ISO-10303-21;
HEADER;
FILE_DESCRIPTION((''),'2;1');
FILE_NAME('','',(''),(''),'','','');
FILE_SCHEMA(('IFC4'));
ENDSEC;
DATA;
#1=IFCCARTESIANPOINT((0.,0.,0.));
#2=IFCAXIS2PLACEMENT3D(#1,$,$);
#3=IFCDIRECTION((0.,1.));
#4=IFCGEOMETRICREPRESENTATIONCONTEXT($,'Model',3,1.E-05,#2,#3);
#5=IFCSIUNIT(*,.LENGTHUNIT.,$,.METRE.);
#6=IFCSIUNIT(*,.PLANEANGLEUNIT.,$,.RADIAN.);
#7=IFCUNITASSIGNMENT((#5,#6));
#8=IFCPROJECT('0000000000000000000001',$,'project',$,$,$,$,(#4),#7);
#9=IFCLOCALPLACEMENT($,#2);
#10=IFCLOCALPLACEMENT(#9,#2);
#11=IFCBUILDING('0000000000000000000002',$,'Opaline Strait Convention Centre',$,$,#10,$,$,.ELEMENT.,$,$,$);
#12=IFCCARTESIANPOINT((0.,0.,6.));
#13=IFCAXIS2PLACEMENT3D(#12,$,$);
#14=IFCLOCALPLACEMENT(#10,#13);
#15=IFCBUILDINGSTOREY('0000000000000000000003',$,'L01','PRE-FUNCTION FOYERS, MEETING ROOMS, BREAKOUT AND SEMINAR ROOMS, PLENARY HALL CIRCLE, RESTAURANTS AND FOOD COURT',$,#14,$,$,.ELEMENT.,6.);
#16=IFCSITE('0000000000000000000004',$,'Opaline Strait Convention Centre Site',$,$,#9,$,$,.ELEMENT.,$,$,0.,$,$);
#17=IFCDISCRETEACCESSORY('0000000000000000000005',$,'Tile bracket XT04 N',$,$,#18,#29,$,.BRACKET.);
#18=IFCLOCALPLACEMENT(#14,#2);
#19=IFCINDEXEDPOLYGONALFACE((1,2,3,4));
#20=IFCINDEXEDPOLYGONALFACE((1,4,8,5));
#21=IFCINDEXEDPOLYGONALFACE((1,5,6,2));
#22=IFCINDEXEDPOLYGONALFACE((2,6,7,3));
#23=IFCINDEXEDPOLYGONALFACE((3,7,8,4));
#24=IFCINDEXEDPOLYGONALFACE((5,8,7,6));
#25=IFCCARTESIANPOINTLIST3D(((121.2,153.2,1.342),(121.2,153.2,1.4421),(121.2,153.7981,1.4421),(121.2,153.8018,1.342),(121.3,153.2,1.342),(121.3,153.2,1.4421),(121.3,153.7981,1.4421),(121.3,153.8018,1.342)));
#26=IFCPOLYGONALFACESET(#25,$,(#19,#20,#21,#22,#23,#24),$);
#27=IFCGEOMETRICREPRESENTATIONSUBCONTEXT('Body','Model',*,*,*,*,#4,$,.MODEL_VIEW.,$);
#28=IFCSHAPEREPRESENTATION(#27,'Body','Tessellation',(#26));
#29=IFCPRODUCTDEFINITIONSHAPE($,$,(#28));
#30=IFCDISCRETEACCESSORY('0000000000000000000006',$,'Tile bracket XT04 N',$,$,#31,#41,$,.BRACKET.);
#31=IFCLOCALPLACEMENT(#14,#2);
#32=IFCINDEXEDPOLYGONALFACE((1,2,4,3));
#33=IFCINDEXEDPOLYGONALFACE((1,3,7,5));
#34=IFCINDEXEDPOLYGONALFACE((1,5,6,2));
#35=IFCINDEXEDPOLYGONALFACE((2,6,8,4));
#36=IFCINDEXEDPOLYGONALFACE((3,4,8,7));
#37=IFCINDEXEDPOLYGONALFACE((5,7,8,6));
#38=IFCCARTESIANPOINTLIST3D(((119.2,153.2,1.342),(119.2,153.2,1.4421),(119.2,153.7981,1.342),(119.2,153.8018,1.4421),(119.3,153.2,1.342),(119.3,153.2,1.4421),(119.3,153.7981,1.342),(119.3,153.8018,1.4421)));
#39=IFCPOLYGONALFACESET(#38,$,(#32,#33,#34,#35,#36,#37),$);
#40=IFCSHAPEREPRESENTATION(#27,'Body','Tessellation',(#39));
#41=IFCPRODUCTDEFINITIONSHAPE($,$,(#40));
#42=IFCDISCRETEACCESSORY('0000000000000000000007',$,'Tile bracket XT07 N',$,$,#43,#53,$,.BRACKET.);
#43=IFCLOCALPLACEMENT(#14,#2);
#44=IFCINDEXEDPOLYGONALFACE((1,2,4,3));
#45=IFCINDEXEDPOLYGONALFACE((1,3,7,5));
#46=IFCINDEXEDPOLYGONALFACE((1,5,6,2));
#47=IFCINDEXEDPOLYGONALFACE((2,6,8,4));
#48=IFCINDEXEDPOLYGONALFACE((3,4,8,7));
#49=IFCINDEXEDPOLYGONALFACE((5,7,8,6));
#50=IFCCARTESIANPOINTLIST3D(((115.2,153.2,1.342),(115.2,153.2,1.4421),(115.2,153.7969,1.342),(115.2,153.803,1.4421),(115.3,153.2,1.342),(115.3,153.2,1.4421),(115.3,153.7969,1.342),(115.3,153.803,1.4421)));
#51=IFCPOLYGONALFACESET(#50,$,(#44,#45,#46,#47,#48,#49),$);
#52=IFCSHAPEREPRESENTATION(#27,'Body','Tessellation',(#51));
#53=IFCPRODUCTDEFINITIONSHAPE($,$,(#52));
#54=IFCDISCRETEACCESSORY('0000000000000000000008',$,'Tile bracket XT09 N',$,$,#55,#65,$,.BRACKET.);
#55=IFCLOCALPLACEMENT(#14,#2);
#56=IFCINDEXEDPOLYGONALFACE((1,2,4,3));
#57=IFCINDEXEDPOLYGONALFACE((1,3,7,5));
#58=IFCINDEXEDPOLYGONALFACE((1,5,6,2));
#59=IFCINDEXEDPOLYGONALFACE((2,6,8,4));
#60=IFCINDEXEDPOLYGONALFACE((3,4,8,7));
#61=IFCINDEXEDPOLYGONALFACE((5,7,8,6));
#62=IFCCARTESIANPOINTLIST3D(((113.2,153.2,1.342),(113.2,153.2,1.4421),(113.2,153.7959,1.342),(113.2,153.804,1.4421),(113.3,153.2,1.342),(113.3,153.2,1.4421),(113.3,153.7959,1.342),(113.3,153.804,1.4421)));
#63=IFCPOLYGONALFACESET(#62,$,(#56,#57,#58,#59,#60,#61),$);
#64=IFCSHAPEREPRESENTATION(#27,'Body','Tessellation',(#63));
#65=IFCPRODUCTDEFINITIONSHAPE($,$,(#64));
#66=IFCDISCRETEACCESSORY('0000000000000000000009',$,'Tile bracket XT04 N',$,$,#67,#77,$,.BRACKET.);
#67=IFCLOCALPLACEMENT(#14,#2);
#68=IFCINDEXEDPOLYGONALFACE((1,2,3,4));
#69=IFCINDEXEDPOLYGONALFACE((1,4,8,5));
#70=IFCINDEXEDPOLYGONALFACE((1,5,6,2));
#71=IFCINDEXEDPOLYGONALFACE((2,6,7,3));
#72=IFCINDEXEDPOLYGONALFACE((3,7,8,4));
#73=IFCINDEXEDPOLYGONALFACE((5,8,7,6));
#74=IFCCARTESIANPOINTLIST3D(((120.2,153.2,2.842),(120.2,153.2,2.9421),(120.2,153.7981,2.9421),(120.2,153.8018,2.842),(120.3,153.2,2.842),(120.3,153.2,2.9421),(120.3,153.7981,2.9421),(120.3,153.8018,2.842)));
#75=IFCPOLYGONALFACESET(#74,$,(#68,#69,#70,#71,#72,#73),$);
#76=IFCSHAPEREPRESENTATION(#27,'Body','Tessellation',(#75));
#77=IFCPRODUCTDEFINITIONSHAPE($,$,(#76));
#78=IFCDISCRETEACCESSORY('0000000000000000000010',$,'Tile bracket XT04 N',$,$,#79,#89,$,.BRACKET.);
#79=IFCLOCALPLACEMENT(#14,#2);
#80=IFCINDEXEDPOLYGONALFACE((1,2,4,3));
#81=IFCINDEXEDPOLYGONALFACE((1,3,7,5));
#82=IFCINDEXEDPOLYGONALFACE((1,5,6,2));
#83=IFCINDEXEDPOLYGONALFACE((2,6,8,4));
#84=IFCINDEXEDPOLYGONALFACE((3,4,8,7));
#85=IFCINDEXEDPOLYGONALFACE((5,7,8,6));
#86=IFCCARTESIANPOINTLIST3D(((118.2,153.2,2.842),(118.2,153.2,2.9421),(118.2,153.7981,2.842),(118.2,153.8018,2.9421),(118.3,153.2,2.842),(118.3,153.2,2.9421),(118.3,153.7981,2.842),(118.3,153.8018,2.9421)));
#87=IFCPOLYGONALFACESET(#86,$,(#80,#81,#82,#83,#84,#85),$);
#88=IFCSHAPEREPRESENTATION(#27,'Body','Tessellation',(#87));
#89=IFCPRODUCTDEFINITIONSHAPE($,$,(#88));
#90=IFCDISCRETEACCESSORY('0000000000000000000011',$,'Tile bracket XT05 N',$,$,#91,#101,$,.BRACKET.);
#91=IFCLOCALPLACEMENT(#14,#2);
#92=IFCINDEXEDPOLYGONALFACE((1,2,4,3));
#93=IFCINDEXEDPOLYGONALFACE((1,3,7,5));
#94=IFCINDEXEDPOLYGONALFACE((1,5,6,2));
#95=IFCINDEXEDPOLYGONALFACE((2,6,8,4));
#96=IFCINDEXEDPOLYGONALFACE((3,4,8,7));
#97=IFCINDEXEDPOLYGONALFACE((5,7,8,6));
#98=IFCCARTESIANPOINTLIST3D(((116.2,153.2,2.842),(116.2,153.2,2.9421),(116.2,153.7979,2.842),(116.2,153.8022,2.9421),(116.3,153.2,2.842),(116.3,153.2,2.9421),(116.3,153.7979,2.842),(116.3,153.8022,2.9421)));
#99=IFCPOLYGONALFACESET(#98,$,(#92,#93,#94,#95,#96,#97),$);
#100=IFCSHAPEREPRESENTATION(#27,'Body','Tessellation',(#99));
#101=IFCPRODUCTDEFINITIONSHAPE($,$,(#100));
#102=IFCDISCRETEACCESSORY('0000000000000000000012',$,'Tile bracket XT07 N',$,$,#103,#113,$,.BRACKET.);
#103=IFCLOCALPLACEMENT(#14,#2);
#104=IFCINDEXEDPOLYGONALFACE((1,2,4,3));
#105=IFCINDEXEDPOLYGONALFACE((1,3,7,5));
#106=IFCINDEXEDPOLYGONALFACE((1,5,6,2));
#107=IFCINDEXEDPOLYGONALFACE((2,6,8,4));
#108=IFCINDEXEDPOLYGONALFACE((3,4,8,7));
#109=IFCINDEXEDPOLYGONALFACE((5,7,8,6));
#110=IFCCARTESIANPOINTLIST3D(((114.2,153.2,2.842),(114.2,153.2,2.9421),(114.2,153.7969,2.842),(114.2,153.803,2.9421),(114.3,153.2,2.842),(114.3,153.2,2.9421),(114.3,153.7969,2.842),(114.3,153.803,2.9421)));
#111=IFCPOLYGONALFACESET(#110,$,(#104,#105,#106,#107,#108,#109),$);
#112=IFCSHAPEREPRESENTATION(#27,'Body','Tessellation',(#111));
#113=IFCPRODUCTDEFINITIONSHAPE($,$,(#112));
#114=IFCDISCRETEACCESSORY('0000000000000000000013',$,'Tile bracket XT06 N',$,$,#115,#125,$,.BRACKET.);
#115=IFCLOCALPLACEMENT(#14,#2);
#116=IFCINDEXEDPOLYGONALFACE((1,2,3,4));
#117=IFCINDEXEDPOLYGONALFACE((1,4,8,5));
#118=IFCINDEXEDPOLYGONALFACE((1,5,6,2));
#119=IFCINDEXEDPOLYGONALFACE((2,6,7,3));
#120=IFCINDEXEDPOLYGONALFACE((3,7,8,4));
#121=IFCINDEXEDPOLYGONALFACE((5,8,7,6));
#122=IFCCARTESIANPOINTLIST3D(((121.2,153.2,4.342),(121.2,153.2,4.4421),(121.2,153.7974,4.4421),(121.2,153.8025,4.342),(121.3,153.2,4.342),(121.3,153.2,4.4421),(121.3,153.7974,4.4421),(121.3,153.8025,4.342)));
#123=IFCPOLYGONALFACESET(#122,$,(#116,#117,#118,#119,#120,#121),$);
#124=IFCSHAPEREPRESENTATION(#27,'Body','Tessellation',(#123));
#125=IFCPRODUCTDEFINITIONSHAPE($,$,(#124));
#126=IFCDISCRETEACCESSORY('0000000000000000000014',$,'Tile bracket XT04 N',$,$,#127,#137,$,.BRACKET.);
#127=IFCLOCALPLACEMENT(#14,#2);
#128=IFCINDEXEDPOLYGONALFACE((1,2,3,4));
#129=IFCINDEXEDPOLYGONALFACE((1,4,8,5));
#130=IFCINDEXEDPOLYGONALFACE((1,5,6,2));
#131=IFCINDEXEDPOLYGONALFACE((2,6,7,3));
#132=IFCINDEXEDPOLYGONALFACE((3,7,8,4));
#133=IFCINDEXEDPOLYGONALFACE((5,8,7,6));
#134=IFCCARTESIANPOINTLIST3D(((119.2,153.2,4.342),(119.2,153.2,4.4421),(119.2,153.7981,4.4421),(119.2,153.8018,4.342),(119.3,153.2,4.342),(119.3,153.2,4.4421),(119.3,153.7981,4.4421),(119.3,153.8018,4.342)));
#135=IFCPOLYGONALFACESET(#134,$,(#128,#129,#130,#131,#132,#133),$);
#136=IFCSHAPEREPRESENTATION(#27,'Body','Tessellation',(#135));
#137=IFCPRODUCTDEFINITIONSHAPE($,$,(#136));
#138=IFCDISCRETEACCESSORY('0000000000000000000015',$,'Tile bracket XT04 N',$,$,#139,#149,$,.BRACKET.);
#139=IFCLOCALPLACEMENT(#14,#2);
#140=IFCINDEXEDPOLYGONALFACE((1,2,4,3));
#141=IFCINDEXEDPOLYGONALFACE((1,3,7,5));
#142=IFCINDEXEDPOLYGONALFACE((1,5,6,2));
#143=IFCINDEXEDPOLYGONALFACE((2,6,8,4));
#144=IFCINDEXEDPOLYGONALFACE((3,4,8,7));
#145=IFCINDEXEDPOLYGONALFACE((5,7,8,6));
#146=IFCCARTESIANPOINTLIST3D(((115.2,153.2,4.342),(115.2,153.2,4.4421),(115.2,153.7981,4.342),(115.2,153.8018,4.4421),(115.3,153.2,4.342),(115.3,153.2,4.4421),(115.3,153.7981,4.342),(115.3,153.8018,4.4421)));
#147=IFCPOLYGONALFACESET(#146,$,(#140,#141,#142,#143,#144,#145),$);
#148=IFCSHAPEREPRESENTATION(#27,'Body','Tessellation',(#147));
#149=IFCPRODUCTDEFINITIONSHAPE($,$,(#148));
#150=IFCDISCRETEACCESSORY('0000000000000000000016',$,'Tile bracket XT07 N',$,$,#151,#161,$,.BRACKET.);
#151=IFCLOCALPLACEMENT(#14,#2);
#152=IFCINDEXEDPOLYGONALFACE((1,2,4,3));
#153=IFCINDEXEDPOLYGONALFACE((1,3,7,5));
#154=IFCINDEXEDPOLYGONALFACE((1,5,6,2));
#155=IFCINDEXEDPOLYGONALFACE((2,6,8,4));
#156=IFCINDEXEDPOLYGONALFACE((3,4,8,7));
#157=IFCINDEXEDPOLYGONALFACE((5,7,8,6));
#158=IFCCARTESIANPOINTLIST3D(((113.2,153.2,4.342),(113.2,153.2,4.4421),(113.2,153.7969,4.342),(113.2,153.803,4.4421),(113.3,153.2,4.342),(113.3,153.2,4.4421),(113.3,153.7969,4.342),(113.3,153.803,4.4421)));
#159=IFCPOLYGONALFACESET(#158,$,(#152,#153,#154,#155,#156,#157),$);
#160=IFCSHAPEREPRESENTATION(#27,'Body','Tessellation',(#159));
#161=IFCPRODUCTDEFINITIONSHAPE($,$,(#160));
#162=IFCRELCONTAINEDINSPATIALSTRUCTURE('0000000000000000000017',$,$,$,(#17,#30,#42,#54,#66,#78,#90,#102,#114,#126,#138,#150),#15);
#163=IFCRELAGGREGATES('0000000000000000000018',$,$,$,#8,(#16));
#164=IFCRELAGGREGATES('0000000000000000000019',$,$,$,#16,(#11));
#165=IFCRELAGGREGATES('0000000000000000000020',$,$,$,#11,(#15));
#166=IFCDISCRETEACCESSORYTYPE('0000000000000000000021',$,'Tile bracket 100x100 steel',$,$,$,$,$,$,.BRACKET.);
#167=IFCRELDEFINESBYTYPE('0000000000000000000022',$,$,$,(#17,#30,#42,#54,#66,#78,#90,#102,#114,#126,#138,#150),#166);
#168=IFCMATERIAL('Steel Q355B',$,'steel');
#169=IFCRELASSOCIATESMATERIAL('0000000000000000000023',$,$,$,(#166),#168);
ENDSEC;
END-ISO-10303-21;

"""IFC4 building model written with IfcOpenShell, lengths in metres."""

from ifc_helpers import new_model, si_unit, direction, frame, origin, place, context, subcontext, project, spatial, polyline, outline, extrude, material, type_object, element, save


model = new_model("IFC4")

# Units and contexts
model_context = context("Model", 3, precision=1e-05, world=origin(), true_north=direction((0.0, 1.0)))
body_context = subcontext(model_context, "Body", "Model", "MODEL_VIEW")
ifc_project = project(units=[si_unit("LENGTHUNIT", "METRE"), si_unit("PLANEANGLEUNIT", "RADIAN")], contexts=[model_context])

# Site, building, storey
site_placement = place(None, origin())
site = spatial("IfcSite", under=ifc_project, at=site_placement, Name="Opaline Strait Convention Centre Site", CompositionType="ELEMENT", RefElevation=0.0)
building_placement = place(site_placement, origin())
building = spatial("IfcBuilding", under=site, at=building_placement, Name="Opaline Strait Convention Centre", CompositionType="ELEMENT")
storey_placement = place(building_placement, frame((0.0, 0.0, 6.0)))
storey = spatial("IfcBuildingStorey", under=building, at=storey_placement, Name="L01", Description="PRE-FUNCTION FOYERS, MEETING ROOMS, BREAKOUT AND SEMINAR ROOMS, PLENARY HALL CIRCLE, RESTAURANTS AND FOOD COURT", CompositionType="ELEMENT", Elevation=6.0)

# Shared definitions
ifc_material_1 = material(Name="Steel Q355B", Category="steel")

# Discrete accessories
discrete_accessory_type = type_object("IfcDiscreteAccessoryType", Name="Tile bracket 100x100 steel", PredefinedType="BRACKET", material=ifc_material_1)
discrete_accessory_1_placement = place(storey_placement, frame((121.3, 153.2, 1.3921), z_axis=(-1.0, 0.0, 0.0), x_axis=(0.0, -1.0, 0.0)))
element("IfcDiscreteAccessory", 1, at=discrete_accessory_1_placement, inside=storey, type_object=discrete_accessory_type, Name="Tile bracket XT04 N", PredefinedType="BRACKET", context=body_context, shape_type="SweptSolid", body=[
    extrude(outline(polyline([(0.0, -0.05), (0.0, 0.05), (-0.5981, 0.05), (-0.6018, -0.05), (0.0, -0.05)])), origin(), (0.0, 0.0, 1.0), 0.1001),
])
discrete_accessory_2_placement = place(storey_placement, frame((119.3, 153.2, 1.3921), z_axis=(-1.0, 0.0, 0.0), x_axis=(0.0, -1.0, 0.0)))
element("IfcDiscreteAccessory", 2, at=discrete_accessory_2_placement, inside=storey, type_object=discrete_accessory_type, Name="Tile bracket XT04 N", PredefinedType="BRACKET", context=body_context, shape_type="SweptSolid", body=[
    extrude(outline(polyline([(0.0, -0.05), (0.0, 0.05), (-0.6018, 0.05), (-0.5981, -0.05), (0.0, -0.05)])), origin(), (0.0, 0.0, 1.0), 0.1001),
])
discrete_accessory_3_placement = place(storey_placement, frame((115.3, 153.2, 1.3921), z_axis=(-1.0, 0.0, 0.0), x_axis=(0.0, -1.0, 0.0)))
element("IfcDiscreteAccessory", 3, at=discrete_accessory_3_placement, inside=storey, type_object=discrete_accessory_type, Name="Tile bracket XT07 N", PredefinedType="BRACKET", context=body_context, shape_type="SweptSolid", body=[
    extrude(outline(polyline([(0.0, -0.05), (0.0, 0.05), (-0.603, 0.05), (-0.5969, -0.05), (0.0, -0.05)])), origin(), (0.0, 0.0, 1.0), 0.1001),
])
discrete_accessory_4_placement = place(storey_placement, frame((113.3, 153.2, 1.3921), z_axis=(-1.0, 0.0, 0.0), x_axis=(0.0, -1.0, 0.0)))
element("IfcDiscreteAccessory", 4, at=discrete_accessory_4_placement, inside=storey, type_object=discrete_accessory_type, Name="Tile bracket XT09 N", PredefinedType="BRACKET", context=body_context, shape_type="SweptSolid", body=[
    extrude(outline(polyline([(0.0, -0.05), (0.0, 0.05), (-0.604, 0.05), (-0.5959, -0.05), (0.0, -0.05)])), origin(), (0.0, 0.0, 1.0), 0.1001),
])
discrete_accessory_5_placement = place(storey_placement, frame((120.3, 153.2, 2.8921), z_axis=(-1.0, 0.0, 0.0), x_axis=(0.0, -1.0, 0.0)))
element("IfcDiscreteAccessory", 5, at=discrete_accessory_5_placement, inside=storey, type_object=discrete_accessory_type, Name="Tile bracket XT04 N", PredefinedType="BRACKET", context=body_context, shape_type="SweptSolid", body=[
    extrude(outline(polyline([(0.0, -0.05), (0.0, 0.05), (-0.5981, 0.05), (-0.6018, -0.05), (0.0, -0.05)])), origin(), (0.0, 0.0, 1.0), 0.1001),
])
discrete_accessory_6_placement = place(storey_placement, frame((118.3, 153.2, 2.8921), z_axis=(-1.0, 0.0, 0.0), x_axis=(0.0, -1.0, 0.0)))
element("IfcDiscreteAccessory", 6, at=discrete_accessory_6_placement, inside=storey, type_object=discrete_accessory_type, Name="Tile bracket XT04 N", PredefinedType="BRACKET", context=body_context, shape_type="SweptSolid", body=[
    extrude(outline(polyline([(0.0, -0.05), (0.0, 0.05), (-0.6018, 0.05), (-0.5981, -0.05), (0.0, -0.05)])), origin(), (0.0, 0.0, 1.0), 0.1001),
])
discrete_accessory_7_placement = place(storey_placement, frame((116.3, 153.2, 2.8921), z_axis=(-1.0, 0.0, 0.0), x_axis=(0.0, -1.0, 0.0)))
element("IfcDiscreteAccessory", 7, at=discrete_accessory_7_placement, inside=storey, type_object=discrete_accessory_type, Name="Tile bracket XT05 N", PredefinedType="BRACKET", context=body_context, shape_type="SweptSolid", body=[
    extrude(outline(polyline([(0.0, -0.05), (0.0, 0.05), (-0.6023, 0.05), (-0.5979, -0.05), (0.0, -0.05)])), origin(), (0.0, 0.0, 1.0), 0.1001),
])
discrete_accessory_8_placement = place(storey_placement, frame((114.3, 153.2, 2.8921), z_axis=(-1.0, 0.0, 0.0), x_axis=(0.0, -1.0, 0.0)))
element("IfcDiscreteAccessory", 8, at=discrete_accessory_8_placement, inside=storey, type_object=discrete_accessory_type, Name="Tile bracket XT07 N", PredefinedType="BRACKET", context=body_context, shape_type="SweptSolid", body=[
    extrude(outline(polyline([(0.0, -0.05), (0.0, 0.05), (-0.603, 0.05), (-0.5969, -0.05), (0.0, -0.05)])), origin(), (0.0, 0.0, 1.0), 0.1001),
])
discrete_accessory_9_placement = place(storey_placement, frame((121.3, 153.2, 4.3921), z_axis=(-1.0, 0.0, 0.0), x_axis=(0.0, -1.0, 0.0)))
element("IfcDiscreteAccessory", 9, at=discrete_accessory_9_placement, inside=storey, type_object=discrete_accessory_type, Name="Tile bracket XT06 N", PredefinedType="BRACKET", context=body_context, shape_type="SweptSolid", body=[
    extrude(outline(polyline([(0.0, -0.05), (0.0, 0.05), (-0.5974, 0.05), (-0.6025, -0.05), (0.0, -0.05)])), origin(), (0.0, 0.0, 1.0), 0.1001),
])
discrete_accessory_10_placement = place(storey_placement, frame((119.3, 153.2, 4.3921), z_axis=(-1.0, 0.0, 0.0), x_axis=(0.0, -1.0, 0.0)))
element("IfcDiscreteAccessory", 10, at=discrete_accessory_10_placement, inside=storey, type_object=discrete_accessory_type, Name="Tile bracket XT04 N", PredefinedType="BRACKET", context=body_context, shape_type="SweptSolid", body=[
    extrude(outline(polyline([(0.0, -0.05), (0.0, 0.05), (-0.5981, 0.05), (-0.6018, -0.05), (0.0, -0.05)])), origin(), (0.0, 0.0, 1.0), 0.1001),
])
discrete_accessory_11_placement = place(storey_placement, frame((115.3, 153.2, 4.3921), z_axis=(-1.0, 0.0, 0.0), x_axis=(0.0, -1.0, 0.0)))
element("IfcDiscreteAccessory", 11, at=discrete_accessory_11_placement, inside=storey, type_object=discrete_accessory_type, Name="Tile bracket XT04 N", PredefinedType="BRACKET", context=body_context, shape_type="SweptSolid", body=[
    extrude(outline(polyline([(0.0, -0.05), (0.0, 0.05), (-0.6018, 0.05), (-0.5981, -0.05), (0.0, -0.05)])), origin(), (0.0, 0.0, 1.0), 0.1001),
])
discrete_accessory_12_placement = place(storey_placement, frame((113.3, 153.2, 4.3921), z_axis=(-1.0, 0.0, 0.0), x_axis=(0.0, -1.0, 0.0)))
element("IfcDiscreteAccessory", 12, at=discrete_accessory_12_placement, inside=storey, type_object=discrete_accessory_type, Name="Tile bracket XT07 N", PredefinedType="BRACKET", context=body_context, shape_type="SweptSolid", body=[
    extrude(outline(polyline([(0.0, -0.05), (0.0, 0.05), (-0.603, 0.05), (-0.5969, -0.05), (0.0, -0.05)])), origin(), (0.0, 0.0, 1.0), 0.1001),
])

save(model, "model.ifc")
